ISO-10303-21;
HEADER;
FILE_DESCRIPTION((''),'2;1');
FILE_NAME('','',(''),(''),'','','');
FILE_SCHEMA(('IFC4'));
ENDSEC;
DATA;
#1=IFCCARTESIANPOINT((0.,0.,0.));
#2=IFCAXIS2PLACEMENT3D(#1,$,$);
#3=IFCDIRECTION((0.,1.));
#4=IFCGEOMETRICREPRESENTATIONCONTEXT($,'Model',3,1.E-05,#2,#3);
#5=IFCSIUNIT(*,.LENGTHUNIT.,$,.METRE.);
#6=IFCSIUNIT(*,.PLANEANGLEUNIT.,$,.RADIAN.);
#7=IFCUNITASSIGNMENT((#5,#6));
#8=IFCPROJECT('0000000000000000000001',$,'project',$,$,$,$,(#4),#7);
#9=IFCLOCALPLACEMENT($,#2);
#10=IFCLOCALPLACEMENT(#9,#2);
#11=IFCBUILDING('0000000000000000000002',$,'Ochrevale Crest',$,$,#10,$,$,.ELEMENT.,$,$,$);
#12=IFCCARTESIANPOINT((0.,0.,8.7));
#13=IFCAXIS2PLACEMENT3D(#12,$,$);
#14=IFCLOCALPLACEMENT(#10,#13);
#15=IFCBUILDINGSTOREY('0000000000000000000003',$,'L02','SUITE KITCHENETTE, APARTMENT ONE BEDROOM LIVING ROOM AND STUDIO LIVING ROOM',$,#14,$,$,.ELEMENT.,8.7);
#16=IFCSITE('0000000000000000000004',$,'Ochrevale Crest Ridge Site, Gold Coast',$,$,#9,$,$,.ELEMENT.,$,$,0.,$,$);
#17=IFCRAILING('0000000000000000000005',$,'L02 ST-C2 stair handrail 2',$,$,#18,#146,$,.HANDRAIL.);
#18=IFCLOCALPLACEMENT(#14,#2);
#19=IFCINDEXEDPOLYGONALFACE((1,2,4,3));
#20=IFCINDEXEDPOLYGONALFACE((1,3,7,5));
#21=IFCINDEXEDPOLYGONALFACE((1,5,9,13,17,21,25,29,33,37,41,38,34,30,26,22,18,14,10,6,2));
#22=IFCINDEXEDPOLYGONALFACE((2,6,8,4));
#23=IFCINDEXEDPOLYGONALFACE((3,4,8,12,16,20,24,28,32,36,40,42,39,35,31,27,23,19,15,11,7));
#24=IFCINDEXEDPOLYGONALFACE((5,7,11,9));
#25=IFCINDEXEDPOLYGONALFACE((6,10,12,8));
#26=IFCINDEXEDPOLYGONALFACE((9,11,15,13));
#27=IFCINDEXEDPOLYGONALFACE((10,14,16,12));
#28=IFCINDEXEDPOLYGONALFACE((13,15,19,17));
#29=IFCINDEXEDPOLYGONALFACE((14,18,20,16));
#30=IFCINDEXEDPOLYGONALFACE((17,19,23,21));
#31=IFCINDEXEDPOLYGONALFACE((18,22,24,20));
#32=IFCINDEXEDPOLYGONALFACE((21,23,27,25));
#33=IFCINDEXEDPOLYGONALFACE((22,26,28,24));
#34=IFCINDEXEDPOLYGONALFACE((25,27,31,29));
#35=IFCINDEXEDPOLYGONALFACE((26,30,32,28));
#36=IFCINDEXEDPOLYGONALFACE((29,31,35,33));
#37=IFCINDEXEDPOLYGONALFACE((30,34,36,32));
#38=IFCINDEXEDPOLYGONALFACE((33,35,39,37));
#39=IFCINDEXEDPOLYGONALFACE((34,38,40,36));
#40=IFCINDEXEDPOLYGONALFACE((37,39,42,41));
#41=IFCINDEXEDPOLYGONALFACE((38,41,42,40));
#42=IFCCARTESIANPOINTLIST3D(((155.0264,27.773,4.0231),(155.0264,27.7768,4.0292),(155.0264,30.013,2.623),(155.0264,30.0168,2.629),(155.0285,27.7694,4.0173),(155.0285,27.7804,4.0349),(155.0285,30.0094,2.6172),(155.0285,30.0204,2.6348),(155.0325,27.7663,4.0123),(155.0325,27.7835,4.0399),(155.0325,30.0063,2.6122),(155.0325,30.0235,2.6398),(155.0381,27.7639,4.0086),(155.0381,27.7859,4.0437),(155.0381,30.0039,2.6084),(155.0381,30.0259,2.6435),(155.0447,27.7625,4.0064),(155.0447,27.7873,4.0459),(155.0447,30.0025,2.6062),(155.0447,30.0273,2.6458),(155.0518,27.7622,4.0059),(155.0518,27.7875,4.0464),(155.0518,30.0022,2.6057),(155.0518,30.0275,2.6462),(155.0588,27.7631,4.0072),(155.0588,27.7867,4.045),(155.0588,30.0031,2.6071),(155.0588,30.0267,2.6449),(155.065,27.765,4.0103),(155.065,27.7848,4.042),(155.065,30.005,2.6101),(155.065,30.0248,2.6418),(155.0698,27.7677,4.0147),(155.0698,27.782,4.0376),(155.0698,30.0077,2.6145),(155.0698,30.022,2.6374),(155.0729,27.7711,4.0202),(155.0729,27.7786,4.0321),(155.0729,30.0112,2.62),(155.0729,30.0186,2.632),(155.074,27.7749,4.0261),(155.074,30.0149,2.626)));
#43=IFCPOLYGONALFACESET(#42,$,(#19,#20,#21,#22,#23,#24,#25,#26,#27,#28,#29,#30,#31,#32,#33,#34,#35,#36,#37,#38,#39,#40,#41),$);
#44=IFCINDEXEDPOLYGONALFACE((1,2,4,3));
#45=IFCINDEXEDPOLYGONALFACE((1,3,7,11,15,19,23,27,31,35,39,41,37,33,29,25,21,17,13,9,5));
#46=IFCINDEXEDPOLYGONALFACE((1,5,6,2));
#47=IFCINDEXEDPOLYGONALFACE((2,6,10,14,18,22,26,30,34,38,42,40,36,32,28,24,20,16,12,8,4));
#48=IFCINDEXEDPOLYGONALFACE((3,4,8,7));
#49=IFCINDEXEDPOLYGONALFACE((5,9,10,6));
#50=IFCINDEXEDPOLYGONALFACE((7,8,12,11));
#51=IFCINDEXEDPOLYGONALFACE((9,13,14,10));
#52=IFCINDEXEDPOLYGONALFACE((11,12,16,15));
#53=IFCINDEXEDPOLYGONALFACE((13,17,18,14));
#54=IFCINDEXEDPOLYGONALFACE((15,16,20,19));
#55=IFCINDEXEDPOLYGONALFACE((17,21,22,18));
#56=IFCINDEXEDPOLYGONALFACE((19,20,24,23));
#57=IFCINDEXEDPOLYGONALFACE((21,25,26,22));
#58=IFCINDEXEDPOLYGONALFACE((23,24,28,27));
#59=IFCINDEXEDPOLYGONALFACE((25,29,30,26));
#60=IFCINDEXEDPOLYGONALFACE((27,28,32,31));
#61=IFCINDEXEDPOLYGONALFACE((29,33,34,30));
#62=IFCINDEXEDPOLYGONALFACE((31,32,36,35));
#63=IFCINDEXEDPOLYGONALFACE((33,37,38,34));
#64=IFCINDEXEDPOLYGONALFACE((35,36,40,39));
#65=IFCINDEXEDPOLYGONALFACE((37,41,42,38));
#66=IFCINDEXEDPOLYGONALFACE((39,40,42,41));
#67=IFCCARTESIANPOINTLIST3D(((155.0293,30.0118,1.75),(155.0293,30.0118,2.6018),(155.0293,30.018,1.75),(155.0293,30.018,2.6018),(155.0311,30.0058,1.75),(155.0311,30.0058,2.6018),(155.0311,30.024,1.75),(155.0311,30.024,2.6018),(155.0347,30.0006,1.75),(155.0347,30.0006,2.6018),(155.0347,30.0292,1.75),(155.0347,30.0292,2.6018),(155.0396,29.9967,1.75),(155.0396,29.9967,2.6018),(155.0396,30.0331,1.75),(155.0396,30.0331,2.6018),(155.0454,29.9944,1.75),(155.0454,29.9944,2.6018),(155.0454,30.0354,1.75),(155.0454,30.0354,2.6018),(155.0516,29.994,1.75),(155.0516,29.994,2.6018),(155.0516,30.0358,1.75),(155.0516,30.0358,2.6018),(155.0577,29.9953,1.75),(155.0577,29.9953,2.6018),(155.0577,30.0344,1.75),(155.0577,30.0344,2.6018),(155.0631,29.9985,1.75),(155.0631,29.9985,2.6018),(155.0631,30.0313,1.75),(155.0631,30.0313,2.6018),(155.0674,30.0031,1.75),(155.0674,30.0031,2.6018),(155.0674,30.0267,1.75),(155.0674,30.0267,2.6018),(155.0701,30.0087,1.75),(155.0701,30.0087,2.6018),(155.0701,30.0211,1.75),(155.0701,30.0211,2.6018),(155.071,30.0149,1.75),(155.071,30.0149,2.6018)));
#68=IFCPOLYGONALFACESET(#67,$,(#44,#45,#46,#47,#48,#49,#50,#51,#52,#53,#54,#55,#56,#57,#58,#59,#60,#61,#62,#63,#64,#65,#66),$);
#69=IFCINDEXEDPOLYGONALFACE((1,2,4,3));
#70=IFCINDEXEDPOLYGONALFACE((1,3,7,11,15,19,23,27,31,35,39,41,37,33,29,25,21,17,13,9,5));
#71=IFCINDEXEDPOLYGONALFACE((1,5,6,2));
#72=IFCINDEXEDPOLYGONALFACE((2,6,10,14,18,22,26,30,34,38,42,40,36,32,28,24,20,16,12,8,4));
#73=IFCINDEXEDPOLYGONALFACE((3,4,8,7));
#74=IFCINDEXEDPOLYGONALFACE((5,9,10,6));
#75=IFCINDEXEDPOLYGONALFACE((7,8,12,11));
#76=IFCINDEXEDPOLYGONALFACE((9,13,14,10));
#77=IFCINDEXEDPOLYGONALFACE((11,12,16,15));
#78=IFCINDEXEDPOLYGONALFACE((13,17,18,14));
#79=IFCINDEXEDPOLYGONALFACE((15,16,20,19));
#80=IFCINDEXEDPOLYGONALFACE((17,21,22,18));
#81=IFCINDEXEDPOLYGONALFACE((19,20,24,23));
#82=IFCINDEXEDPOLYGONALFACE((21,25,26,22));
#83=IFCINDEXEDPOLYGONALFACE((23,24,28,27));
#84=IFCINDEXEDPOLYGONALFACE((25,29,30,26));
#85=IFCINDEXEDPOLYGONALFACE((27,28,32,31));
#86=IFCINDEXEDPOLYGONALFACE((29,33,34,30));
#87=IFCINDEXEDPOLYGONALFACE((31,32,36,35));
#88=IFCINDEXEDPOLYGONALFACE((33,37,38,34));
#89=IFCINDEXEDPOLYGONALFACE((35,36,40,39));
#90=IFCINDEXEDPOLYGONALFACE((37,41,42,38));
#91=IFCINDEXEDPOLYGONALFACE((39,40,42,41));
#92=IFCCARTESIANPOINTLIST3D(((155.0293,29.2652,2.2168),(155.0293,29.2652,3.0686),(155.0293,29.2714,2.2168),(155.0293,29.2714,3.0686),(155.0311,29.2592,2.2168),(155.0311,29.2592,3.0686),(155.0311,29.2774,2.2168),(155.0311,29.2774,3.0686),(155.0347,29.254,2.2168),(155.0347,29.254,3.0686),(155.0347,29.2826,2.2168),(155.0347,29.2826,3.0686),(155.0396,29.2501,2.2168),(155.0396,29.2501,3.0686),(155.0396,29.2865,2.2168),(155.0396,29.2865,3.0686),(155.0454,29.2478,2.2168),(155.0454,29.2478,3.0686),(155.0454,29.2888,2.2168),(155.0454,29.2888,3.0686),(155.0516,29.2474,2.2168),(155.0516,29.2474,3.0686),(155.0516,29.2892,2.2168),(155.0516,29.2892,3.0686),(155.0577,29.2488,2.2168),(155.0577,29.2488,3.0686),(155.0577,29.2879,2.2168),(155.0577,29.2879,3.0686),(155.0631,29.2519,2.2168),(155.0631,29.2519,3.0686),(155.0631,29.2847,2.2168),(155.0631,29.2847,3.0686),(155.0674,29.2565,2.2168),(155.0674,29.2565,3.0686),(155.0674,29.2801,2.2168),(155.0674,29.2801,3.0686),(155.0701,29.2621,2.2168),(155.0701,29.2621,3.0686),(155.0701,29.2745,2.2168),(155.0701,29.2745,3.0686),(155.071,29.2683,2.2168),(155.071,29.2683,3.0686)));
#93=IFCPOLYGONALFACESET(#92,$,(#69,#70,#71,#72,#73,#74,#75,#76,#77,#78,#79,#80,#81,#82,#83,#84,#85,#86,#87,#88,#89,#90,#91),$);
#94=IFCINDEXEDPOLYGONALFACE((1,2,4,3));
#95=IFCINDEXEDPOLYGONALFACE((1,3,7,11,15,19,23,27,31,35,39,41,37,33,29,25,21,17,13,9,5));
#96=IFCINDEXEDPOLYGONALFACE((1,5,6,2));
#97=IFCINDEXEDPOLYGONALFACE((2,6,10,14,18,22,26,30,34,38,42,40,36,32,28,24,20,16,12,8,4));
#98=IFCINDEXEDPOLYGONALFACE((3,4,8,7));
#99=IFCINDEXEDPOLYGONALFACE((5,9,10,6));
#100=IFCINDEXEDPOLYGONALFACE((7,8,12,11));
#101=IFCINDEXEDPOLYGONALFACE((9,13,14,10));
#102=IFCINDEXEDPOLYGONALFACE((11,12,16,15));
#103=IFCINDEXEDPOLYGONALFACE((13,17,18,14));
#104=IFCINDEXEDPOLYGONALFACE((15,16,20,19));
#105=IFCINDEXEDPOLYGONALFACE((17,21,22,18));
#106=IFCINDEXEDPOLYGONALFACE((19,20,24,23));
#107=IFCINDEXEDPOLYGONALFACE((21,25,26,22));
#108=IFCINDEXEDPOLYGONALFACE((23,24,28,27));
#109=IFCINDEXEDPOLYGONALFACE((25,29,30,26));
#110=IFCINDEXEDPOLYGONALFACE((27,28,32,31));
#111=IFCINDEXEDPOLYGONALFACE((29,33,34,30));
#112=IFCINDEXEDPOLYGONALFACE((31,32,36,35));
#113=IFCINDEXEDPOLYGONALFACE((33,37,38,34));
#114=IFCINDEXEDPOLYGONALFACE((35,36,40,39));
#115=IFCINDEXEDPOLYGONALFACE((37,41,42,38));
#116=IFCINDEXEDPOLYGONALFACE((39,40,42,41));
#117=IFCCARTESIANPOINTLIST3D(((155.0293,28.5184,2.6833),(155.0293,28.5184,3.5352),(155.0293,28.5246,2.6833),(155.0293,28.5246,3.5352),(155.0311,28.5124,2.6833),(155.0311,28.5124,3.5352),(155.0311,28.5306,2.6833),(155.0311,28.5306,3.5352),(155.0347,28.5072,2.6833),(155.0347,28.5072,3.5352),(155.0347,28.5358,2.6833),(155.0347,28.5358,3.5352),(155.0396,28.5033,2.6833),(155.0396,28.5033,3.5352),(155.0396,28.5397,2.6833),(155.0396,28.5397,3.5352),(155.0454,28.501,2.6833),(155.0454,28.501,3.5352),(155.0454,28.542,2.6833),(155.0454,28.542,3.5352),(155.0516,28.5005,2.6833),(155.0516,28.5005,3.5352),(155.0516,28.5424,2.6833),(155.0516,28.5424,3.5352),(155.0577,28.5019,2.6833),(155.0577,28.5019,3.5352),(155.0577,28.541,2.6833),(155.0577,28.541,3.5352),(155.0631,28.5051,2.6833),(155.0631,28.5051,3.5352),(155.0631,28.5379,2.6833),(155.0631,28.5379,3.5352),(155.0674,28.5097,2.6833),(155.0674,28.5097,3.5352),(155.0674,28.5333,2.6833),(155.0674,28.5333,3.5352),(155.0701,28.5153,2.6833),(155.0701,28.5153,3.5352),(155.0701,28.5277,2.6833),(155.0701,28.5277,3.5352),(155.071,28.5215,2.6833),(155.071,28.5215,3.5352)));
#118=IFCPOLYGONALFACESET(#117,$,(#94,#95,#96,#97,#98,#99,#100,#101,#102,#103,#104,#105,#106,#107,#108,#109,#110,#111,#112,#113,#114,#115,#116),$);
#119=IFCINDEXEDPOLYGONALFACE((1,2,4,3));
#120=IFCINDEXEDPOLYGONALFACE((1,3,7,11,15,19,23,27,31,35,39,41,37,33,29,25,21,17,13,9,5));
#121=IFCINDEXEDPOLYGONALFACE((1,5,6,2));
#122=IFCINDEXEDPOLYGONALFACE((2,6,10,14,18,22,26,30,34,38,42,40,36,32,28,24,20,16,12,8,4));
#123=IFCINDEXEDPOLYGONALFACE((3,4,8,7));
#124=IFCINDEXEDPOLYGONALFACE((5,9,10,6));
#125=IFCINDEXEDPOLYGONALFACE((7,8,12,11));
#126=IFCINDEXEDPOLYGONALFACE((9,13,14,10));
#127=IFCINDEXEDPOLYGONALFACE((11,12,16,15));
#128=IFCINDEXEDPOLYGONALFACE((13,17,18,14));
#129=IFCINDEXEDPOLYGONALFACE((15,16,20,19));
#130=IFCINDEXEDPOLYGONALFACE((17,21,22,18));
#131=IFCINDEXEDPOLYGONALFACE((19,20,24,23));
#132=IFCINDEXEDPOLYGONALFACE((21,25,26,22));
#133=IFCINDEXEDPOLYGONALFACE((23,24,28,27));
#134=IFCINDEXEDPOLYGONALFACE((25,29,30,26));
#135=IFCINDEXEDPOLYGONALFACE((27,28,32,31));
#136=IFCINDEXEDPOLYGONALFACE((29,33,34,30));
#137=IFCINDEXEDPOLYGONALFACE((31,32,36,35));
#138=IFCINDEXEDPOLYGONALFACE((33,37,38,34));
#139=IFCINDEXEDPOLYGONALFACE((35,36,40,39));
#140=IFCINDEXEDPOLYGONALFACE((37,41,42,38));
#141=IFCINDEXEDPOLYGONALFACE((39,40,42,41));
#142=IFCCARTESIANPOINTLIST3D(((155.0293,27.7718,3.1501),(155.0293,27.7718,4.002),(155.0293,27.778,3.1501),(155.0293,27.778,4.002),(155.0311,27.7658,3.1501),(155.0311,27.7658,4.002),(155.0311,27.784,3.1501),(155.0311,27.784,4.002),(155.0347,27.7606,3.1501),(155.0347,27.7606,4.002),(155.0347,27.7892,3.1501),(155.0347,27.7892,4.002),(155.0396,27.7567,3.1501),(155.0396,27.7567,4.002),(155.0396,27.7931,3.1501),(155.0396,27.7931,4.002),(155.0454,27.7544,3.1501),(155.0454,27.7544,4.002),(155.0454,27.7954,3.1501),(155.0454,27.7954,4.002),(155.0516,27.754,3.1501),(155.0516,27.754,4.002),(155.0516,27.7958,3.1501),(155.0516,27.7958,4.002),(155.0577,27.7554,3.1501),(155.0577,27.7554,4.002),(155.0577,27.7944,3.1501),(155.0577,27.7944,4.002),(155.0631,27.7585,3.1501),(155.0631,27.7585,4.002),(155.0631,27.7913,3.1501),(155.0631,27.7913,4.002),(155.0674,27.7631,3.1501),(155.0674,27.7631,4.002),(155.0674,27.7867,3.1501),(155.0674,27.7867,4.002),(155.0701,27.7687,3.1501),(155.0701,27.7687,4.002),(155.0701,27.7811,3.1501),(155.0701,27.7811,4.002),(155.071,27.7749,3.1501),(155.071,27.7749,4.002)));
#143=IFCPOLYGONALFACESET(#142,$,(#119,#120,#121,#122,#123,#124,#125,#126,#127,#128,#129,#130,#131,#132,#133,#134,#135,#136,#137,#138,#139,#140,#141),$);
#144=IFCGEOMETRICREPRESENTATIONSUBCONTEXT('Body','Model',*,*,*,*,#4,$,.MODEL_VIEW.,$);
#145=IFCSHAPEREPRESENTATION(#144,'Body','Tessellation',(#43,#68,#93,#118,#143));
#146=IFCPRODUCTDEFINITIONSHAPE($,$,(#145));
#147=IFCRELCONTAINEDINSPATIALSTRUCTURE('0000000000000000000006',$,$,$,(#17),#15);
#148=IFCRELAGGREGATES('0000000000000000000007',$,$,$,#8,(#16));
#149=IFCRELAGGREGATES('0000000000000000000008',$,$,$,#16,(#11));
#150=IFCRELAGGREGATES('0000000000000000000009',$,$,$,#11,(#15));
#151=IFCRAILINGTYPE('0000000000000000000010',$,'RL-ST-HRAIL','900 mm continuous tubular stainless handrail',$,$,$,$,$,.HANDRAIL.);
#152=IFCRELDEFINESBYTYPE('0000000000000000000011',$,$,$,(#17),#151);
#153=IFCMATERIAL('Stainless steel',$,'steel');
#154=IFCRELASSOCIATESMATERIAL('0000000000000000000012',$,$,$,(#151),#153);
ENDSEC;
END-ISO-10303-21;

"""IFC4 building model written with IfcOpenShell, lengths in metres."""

from ifc_helpers import new_model, si_unit, direction, frame, origin, origin_2d, place, context, subcontext, project, spatial, circle, extrude, material, type_object, element, save


model = new_model("IFC4")

# Units and contexts
model_context = context("Model", 3, precision=1e-05, world=origin(), true_north=direction((0.0, 1.0)))
body_context = subcontext(model_context, "Body", "Model", "MODEL_VIEW")
ifc_project = project(units=[si_unit("LENGTHUNIT", "METRE"), si_unit("PLANEANGLEUNIT", "RADIAN")], contexts=[model_context])

# Site, building, storey
site_placement = place(None, origin())
site = spatial("IfcSite", under=ifc_project, at=site_placement, Name="Ochrevale Crest Ridge Site, Gold Coast", CompositionType="ELEMENT", RefElevation=0.0)
building_placement = place(site_placement, origin())
building = spatial("IfcBuilding", under=site, at=building_placement, Name="Ochrevale Crest", CompositionType="ELEMENT")
storey_placement = place(building_placement, frame((0.0, 0.0, 8.7)))
storey = spatial("IfcBuildingStorey", under=building, at=storey_placement, Name="L02", Description="SUITE KITCHENETTE, APARTMENT ONE BEDROOM LIVING ROOM AND STUDIO LIVING ROOM", CompositionType="ELEMENT", Elevation=8.7)

# Railing
ifc_material_1 = material(Name="Stainless steel", Category="steel")
railing_type_1 = type_object("IfcRailingType", Name="RL-ST-HRAIL", Description="900 mm continuous tubular stainless handrail", PredefinedType="HANDRAIL", material=ifc_material_1)
railing_1_placement = place(storey_placement, frame((155.05, 30.0149, 1.75)))
element("IfcRailing", 1, at=railing_1_placement, inside=storey, type_object=railing_type_1, Name="L02 ST-C2 stair handrail 2", PredefinedType="HANDRAIL", context=body_context, shape_type="SweptSolid", body=[
    extrude(circle(Radius=0.0239, at=origin_2d()), frame((0.0, 0.0, 0.876), z_axis=(0.0, -0.847972, 0.53004), x_axis=(1.0, 0.0, 0.0)), (0.0, 0.0, 1.0), 2.6416),
    extrude(circle(Radius=0.021, at=origin_2d()), origin(), (0.0, 0.0, 1.0), 0.8518),
    extrude(circle(Radius=0.021, at=origin_2d()), frame((0.0, -0.7466, 0.4668)), (0.0, 0.0, 1.0), 0.8518),
    extrude(circle(Radius=0.021, at=origin_2d()), frame((0.0, -1.4934, 0.9333)), (0.0, 0.0, 1.0), 0.8518),
    extrude(circle(Radius=0.021, at=origin_2d()), frame((0.0, -2.24, 1.4001)), (0.0, 0.0, 1.0), 0.8518),
])

save(model, "model.ifc")
